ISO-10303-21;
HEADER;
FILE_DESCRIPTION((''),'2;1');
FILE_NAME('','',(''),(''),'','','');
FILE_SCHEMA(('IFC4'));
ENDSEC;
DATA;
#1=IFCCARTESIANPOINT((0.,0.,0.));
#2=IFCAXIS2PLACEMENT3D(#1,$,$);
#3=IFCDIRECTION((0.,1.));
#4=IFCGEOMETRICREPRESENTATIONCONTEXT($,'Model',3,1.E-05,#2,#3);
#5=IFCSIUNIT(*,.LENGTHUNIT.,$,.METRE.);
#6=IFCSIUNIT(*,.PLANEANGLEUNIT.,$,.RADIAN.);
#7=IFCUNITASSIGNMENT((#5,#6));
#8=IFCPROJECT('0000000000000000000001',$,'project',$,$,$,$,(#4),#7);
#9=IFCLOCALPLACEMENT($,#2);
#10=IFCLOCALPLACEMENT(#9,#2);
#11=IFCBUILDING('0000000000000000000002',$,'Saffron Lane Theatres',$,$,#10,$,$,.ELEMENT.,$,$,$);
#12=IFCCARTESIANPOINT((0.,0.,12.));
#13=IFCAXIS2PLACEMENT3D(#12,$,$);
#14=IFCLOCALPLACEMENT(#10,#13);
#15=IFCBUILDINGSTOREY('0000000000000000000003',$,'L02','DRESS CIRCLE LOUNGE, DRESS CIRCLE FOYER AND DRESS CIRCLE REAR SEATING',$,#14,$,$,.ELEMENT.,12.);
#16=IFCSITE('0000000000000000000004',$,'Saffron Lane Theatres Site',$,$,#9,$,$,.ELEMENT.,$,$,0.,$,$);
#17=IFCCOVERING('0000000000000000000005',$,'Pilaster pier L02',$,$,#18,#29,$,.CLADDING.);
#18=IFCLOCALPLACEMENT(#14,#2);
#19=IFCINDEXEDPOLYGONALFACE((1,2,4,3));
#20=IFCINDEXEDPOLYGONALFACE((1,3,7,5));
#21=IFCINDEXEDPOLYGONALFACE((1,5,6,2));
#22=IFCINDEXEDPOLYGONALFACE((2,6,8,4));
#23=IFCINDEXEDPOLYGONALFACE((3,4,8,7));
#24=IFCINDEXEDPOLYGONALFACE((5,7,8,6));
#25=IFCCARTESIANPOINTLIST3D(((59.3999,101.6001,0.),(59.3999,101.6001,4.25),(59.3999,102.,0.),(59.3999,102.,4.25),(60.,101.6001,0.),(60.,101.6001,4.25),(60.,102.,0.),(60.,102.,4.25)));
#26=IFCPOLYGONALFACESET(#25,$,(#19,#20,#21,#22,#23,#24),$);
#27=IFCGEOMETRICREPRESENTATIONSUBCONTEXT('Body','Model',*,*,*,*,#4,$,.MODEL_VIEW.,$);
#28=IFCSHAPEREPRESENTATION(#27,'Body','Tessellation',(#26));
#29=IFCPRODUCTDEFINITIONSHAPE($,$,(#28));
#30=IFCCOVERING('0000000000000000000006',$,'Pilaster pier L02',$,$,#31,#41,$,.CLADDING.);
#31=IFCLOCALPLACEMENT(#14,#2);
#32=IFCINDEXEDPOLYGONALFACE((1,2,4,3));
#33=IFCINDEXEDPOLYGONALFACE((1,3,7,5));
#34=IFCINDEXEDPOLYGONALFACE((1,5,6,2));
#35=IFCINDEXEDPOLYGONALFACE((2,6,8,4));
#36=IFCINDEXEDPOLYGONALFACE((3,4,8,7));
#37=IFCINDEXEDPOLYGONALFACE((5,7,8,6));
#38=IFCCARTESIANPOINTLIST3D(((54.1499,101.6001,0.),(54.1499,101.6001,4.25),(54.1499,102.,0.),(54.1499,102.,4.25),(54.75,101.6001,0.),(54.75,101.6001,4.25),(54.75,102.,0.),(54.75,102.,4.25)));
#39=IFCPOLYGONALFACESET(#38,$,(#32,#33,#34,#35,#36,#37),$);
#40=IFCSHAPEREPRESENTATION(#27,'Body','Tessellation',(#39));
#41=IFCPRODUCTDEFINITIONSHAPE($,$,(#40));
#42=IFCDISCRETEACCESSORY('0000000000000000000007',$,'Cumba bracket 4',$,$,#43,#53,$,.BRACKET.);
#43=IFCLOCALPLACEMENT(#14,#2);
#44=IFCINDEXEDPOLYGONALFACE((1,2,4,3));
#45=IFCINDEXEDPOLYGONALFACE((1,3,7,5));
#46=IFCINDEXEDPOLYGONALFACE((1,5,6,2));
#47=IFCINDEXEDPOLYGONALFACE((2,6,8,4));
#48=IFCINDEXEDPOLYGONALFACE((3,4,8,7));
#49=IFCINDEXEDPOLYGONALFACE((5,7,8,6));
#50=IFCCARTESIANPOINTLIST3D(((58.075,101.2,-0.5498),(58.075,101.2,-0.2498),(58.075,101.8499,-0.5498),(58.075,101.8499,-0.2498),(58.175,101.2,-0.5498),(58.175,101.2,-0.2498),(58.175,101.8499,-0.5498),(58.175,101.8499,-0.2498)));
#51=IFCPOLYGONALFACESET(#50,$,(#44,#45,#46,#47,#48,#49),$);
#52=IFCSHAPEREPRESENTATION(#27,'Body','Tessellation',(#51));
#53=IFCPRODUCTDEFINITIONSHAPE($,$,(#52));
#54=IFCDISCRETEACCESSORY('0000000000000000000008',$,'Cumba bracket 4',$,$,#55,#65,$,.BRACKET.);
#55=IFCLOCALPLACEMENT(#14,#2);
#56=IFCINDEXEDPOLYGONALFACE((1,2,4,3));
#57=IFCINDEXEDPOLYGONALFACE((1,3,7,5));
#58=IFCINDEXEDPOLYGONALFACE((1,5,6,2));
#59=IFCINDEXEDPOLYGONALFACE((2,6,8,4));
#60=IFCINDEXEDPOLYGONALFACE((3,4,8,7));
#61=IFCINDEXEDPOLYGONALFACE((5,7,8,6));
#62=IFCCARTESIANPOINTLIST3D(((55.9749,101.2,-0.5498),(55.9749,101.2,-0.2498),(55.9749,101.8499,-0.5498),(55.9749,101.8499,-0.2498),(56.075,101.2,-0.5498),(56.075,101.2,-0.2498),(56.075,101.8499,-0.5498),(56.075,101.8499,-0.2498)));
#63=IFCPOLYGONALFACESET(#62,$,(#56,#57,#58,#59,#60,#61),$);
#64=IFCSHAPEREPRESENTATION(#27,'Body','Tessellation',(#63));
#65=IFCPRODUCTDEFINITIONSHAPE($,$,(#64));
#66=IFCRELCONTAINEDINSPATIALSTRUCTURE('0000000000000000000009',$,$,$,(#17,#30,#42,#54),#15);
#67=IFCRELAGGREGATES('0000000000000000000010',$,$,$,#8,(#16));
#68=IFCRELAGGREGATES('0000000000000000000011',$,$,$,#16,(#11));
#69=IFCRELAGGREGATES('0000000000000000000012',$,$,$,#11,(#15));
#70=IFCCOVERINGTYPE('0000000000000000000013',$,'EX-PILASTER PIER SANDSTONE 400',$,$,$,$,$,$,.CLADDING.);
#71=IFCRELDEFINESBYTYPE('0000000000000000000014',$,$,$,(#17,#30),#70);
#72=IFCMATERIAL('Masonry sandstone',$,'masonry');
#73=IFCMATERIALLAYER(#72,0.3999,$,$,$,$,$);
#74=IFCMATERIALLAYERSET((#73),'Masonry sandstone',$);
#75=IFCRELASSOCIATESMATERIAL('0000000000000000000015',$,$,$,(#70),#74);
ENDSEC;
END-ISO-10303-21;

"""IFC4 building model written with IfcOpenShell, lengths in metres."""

from ifc_helpers import new_model, si_unit, direction, frame, origin, origin_2d, place, context, subcontext, project, spatial, rectangle, extrude, material, layer, layer_set, type_object, element, save


model = new_model("IFC4")

# Units and contexts
model_context = context("Model", 3, precision=1e-05, world=origin(), true_north=direction((0.0, 1.0)))
body_context = subcontext(model_context, "Body", "Model", "MODEL_VIEW")
ifc_project = project(units=[si_unit("LENGTHUNIT", "METRE"), si_unit("PLANEANGLEUNIT", "RADIAN")], contexts=[model_context])

# Site, building, storey
site_placement = place(None, origin())
site = spatial("IfcSite", under=ifc_project, at=site_placement, Name="Saffron Lane Theatres Site", CompositionType="ELEMENT", RefElevation=0.0)
building_placement = place(site_placement, origin())
building = spatial("IfcBuilding", under=site, at=building_placement, Name="Saffron Lane Theatres", CompositionType="ELEMENT")
storey_placement = place(building_placement, frame((0.0, 0.0, 12.0)))
storey = spatial("IfcBuildingStorey", under=building, at=storey_placement, Name="L02", Description="DRESS CIRCLE LOUNGE, DRESS CIRCLE FOYER AND DRESS CIRCLE REAR SEATING", CompositionType="ELEMENT", Elevation=12.0)

# Coverings
ifc_material_1 = material(Name="Masonry sandstone", Category="masonry")
ifc_layer_1 = layer(ifc_material_1, 0.3999)
ifc_layer_set_1 = layer_set([ifc_layer_1], Name="Masonry sandstone")
covering_type_1 = type_object("IfcCoveringType", Name="EX-PILASTER PIER SANDSTONE 400", PredefinedType="CLADDING", material=ifc_layer_set_1)
for number, where, z_axis, x_axis, name in (
    (1, (59.7, 101.8, 0.0), (0.0, 0.0, 1.0), (-1.0, 0.0, 0.0), "Pilaster pier L02"),
    (2, (54.45, 101.8, 0.0), (0.0, 0.0, 1.0), (-1.0, 0.0, 0.0), "Pilaster pier L02"),
):
    element("IfcCovering", number, at=place(storey_placement, frame(where, z_axis=z_axis, x_axis=x_axis)), inside=storey, type_object=covering_type_1, Name=name, PredefinedType="CLADDING", context=body_context, shape_type="SweptSolid", body=[
        extrude(rectangle(XDim=0.6001, YDim=0.3999, at=origin_2d()), origin(), (0.0, 0.0, 1.0), 4.25),
    ])

# Discrete accessories
for number, where, z_axis, x_axis, name in (
    (3, (58.125, 101.5249, -0.5498), (0.0, 0.0, 1.0), (-1.0, 0.0, 0.0), "Cumba bracket 4"),
    (4, (56.0249, 101.5249, -0.5498), (0.0, 0.0, 1.0), (-1.0, 0.0, 0.0), "Cumba bracket 4"),
):
    element("IfcDiscreteAccessory", number, at=place(storey_placement, frame(where, z_axis=z_axis, x_axis=x_axis)), inside=storey, Name=name, PredefinedType="BRACKET", context=body_context, shape_type="SweptSolid", body=[
        extrude(rectangle(XDim=0.1001, YDim=0.6499, at=origin_2d()), origin(), (0.0, 0.0, 1.0), 0.3),
    ])

save(model, "model.ifc")
